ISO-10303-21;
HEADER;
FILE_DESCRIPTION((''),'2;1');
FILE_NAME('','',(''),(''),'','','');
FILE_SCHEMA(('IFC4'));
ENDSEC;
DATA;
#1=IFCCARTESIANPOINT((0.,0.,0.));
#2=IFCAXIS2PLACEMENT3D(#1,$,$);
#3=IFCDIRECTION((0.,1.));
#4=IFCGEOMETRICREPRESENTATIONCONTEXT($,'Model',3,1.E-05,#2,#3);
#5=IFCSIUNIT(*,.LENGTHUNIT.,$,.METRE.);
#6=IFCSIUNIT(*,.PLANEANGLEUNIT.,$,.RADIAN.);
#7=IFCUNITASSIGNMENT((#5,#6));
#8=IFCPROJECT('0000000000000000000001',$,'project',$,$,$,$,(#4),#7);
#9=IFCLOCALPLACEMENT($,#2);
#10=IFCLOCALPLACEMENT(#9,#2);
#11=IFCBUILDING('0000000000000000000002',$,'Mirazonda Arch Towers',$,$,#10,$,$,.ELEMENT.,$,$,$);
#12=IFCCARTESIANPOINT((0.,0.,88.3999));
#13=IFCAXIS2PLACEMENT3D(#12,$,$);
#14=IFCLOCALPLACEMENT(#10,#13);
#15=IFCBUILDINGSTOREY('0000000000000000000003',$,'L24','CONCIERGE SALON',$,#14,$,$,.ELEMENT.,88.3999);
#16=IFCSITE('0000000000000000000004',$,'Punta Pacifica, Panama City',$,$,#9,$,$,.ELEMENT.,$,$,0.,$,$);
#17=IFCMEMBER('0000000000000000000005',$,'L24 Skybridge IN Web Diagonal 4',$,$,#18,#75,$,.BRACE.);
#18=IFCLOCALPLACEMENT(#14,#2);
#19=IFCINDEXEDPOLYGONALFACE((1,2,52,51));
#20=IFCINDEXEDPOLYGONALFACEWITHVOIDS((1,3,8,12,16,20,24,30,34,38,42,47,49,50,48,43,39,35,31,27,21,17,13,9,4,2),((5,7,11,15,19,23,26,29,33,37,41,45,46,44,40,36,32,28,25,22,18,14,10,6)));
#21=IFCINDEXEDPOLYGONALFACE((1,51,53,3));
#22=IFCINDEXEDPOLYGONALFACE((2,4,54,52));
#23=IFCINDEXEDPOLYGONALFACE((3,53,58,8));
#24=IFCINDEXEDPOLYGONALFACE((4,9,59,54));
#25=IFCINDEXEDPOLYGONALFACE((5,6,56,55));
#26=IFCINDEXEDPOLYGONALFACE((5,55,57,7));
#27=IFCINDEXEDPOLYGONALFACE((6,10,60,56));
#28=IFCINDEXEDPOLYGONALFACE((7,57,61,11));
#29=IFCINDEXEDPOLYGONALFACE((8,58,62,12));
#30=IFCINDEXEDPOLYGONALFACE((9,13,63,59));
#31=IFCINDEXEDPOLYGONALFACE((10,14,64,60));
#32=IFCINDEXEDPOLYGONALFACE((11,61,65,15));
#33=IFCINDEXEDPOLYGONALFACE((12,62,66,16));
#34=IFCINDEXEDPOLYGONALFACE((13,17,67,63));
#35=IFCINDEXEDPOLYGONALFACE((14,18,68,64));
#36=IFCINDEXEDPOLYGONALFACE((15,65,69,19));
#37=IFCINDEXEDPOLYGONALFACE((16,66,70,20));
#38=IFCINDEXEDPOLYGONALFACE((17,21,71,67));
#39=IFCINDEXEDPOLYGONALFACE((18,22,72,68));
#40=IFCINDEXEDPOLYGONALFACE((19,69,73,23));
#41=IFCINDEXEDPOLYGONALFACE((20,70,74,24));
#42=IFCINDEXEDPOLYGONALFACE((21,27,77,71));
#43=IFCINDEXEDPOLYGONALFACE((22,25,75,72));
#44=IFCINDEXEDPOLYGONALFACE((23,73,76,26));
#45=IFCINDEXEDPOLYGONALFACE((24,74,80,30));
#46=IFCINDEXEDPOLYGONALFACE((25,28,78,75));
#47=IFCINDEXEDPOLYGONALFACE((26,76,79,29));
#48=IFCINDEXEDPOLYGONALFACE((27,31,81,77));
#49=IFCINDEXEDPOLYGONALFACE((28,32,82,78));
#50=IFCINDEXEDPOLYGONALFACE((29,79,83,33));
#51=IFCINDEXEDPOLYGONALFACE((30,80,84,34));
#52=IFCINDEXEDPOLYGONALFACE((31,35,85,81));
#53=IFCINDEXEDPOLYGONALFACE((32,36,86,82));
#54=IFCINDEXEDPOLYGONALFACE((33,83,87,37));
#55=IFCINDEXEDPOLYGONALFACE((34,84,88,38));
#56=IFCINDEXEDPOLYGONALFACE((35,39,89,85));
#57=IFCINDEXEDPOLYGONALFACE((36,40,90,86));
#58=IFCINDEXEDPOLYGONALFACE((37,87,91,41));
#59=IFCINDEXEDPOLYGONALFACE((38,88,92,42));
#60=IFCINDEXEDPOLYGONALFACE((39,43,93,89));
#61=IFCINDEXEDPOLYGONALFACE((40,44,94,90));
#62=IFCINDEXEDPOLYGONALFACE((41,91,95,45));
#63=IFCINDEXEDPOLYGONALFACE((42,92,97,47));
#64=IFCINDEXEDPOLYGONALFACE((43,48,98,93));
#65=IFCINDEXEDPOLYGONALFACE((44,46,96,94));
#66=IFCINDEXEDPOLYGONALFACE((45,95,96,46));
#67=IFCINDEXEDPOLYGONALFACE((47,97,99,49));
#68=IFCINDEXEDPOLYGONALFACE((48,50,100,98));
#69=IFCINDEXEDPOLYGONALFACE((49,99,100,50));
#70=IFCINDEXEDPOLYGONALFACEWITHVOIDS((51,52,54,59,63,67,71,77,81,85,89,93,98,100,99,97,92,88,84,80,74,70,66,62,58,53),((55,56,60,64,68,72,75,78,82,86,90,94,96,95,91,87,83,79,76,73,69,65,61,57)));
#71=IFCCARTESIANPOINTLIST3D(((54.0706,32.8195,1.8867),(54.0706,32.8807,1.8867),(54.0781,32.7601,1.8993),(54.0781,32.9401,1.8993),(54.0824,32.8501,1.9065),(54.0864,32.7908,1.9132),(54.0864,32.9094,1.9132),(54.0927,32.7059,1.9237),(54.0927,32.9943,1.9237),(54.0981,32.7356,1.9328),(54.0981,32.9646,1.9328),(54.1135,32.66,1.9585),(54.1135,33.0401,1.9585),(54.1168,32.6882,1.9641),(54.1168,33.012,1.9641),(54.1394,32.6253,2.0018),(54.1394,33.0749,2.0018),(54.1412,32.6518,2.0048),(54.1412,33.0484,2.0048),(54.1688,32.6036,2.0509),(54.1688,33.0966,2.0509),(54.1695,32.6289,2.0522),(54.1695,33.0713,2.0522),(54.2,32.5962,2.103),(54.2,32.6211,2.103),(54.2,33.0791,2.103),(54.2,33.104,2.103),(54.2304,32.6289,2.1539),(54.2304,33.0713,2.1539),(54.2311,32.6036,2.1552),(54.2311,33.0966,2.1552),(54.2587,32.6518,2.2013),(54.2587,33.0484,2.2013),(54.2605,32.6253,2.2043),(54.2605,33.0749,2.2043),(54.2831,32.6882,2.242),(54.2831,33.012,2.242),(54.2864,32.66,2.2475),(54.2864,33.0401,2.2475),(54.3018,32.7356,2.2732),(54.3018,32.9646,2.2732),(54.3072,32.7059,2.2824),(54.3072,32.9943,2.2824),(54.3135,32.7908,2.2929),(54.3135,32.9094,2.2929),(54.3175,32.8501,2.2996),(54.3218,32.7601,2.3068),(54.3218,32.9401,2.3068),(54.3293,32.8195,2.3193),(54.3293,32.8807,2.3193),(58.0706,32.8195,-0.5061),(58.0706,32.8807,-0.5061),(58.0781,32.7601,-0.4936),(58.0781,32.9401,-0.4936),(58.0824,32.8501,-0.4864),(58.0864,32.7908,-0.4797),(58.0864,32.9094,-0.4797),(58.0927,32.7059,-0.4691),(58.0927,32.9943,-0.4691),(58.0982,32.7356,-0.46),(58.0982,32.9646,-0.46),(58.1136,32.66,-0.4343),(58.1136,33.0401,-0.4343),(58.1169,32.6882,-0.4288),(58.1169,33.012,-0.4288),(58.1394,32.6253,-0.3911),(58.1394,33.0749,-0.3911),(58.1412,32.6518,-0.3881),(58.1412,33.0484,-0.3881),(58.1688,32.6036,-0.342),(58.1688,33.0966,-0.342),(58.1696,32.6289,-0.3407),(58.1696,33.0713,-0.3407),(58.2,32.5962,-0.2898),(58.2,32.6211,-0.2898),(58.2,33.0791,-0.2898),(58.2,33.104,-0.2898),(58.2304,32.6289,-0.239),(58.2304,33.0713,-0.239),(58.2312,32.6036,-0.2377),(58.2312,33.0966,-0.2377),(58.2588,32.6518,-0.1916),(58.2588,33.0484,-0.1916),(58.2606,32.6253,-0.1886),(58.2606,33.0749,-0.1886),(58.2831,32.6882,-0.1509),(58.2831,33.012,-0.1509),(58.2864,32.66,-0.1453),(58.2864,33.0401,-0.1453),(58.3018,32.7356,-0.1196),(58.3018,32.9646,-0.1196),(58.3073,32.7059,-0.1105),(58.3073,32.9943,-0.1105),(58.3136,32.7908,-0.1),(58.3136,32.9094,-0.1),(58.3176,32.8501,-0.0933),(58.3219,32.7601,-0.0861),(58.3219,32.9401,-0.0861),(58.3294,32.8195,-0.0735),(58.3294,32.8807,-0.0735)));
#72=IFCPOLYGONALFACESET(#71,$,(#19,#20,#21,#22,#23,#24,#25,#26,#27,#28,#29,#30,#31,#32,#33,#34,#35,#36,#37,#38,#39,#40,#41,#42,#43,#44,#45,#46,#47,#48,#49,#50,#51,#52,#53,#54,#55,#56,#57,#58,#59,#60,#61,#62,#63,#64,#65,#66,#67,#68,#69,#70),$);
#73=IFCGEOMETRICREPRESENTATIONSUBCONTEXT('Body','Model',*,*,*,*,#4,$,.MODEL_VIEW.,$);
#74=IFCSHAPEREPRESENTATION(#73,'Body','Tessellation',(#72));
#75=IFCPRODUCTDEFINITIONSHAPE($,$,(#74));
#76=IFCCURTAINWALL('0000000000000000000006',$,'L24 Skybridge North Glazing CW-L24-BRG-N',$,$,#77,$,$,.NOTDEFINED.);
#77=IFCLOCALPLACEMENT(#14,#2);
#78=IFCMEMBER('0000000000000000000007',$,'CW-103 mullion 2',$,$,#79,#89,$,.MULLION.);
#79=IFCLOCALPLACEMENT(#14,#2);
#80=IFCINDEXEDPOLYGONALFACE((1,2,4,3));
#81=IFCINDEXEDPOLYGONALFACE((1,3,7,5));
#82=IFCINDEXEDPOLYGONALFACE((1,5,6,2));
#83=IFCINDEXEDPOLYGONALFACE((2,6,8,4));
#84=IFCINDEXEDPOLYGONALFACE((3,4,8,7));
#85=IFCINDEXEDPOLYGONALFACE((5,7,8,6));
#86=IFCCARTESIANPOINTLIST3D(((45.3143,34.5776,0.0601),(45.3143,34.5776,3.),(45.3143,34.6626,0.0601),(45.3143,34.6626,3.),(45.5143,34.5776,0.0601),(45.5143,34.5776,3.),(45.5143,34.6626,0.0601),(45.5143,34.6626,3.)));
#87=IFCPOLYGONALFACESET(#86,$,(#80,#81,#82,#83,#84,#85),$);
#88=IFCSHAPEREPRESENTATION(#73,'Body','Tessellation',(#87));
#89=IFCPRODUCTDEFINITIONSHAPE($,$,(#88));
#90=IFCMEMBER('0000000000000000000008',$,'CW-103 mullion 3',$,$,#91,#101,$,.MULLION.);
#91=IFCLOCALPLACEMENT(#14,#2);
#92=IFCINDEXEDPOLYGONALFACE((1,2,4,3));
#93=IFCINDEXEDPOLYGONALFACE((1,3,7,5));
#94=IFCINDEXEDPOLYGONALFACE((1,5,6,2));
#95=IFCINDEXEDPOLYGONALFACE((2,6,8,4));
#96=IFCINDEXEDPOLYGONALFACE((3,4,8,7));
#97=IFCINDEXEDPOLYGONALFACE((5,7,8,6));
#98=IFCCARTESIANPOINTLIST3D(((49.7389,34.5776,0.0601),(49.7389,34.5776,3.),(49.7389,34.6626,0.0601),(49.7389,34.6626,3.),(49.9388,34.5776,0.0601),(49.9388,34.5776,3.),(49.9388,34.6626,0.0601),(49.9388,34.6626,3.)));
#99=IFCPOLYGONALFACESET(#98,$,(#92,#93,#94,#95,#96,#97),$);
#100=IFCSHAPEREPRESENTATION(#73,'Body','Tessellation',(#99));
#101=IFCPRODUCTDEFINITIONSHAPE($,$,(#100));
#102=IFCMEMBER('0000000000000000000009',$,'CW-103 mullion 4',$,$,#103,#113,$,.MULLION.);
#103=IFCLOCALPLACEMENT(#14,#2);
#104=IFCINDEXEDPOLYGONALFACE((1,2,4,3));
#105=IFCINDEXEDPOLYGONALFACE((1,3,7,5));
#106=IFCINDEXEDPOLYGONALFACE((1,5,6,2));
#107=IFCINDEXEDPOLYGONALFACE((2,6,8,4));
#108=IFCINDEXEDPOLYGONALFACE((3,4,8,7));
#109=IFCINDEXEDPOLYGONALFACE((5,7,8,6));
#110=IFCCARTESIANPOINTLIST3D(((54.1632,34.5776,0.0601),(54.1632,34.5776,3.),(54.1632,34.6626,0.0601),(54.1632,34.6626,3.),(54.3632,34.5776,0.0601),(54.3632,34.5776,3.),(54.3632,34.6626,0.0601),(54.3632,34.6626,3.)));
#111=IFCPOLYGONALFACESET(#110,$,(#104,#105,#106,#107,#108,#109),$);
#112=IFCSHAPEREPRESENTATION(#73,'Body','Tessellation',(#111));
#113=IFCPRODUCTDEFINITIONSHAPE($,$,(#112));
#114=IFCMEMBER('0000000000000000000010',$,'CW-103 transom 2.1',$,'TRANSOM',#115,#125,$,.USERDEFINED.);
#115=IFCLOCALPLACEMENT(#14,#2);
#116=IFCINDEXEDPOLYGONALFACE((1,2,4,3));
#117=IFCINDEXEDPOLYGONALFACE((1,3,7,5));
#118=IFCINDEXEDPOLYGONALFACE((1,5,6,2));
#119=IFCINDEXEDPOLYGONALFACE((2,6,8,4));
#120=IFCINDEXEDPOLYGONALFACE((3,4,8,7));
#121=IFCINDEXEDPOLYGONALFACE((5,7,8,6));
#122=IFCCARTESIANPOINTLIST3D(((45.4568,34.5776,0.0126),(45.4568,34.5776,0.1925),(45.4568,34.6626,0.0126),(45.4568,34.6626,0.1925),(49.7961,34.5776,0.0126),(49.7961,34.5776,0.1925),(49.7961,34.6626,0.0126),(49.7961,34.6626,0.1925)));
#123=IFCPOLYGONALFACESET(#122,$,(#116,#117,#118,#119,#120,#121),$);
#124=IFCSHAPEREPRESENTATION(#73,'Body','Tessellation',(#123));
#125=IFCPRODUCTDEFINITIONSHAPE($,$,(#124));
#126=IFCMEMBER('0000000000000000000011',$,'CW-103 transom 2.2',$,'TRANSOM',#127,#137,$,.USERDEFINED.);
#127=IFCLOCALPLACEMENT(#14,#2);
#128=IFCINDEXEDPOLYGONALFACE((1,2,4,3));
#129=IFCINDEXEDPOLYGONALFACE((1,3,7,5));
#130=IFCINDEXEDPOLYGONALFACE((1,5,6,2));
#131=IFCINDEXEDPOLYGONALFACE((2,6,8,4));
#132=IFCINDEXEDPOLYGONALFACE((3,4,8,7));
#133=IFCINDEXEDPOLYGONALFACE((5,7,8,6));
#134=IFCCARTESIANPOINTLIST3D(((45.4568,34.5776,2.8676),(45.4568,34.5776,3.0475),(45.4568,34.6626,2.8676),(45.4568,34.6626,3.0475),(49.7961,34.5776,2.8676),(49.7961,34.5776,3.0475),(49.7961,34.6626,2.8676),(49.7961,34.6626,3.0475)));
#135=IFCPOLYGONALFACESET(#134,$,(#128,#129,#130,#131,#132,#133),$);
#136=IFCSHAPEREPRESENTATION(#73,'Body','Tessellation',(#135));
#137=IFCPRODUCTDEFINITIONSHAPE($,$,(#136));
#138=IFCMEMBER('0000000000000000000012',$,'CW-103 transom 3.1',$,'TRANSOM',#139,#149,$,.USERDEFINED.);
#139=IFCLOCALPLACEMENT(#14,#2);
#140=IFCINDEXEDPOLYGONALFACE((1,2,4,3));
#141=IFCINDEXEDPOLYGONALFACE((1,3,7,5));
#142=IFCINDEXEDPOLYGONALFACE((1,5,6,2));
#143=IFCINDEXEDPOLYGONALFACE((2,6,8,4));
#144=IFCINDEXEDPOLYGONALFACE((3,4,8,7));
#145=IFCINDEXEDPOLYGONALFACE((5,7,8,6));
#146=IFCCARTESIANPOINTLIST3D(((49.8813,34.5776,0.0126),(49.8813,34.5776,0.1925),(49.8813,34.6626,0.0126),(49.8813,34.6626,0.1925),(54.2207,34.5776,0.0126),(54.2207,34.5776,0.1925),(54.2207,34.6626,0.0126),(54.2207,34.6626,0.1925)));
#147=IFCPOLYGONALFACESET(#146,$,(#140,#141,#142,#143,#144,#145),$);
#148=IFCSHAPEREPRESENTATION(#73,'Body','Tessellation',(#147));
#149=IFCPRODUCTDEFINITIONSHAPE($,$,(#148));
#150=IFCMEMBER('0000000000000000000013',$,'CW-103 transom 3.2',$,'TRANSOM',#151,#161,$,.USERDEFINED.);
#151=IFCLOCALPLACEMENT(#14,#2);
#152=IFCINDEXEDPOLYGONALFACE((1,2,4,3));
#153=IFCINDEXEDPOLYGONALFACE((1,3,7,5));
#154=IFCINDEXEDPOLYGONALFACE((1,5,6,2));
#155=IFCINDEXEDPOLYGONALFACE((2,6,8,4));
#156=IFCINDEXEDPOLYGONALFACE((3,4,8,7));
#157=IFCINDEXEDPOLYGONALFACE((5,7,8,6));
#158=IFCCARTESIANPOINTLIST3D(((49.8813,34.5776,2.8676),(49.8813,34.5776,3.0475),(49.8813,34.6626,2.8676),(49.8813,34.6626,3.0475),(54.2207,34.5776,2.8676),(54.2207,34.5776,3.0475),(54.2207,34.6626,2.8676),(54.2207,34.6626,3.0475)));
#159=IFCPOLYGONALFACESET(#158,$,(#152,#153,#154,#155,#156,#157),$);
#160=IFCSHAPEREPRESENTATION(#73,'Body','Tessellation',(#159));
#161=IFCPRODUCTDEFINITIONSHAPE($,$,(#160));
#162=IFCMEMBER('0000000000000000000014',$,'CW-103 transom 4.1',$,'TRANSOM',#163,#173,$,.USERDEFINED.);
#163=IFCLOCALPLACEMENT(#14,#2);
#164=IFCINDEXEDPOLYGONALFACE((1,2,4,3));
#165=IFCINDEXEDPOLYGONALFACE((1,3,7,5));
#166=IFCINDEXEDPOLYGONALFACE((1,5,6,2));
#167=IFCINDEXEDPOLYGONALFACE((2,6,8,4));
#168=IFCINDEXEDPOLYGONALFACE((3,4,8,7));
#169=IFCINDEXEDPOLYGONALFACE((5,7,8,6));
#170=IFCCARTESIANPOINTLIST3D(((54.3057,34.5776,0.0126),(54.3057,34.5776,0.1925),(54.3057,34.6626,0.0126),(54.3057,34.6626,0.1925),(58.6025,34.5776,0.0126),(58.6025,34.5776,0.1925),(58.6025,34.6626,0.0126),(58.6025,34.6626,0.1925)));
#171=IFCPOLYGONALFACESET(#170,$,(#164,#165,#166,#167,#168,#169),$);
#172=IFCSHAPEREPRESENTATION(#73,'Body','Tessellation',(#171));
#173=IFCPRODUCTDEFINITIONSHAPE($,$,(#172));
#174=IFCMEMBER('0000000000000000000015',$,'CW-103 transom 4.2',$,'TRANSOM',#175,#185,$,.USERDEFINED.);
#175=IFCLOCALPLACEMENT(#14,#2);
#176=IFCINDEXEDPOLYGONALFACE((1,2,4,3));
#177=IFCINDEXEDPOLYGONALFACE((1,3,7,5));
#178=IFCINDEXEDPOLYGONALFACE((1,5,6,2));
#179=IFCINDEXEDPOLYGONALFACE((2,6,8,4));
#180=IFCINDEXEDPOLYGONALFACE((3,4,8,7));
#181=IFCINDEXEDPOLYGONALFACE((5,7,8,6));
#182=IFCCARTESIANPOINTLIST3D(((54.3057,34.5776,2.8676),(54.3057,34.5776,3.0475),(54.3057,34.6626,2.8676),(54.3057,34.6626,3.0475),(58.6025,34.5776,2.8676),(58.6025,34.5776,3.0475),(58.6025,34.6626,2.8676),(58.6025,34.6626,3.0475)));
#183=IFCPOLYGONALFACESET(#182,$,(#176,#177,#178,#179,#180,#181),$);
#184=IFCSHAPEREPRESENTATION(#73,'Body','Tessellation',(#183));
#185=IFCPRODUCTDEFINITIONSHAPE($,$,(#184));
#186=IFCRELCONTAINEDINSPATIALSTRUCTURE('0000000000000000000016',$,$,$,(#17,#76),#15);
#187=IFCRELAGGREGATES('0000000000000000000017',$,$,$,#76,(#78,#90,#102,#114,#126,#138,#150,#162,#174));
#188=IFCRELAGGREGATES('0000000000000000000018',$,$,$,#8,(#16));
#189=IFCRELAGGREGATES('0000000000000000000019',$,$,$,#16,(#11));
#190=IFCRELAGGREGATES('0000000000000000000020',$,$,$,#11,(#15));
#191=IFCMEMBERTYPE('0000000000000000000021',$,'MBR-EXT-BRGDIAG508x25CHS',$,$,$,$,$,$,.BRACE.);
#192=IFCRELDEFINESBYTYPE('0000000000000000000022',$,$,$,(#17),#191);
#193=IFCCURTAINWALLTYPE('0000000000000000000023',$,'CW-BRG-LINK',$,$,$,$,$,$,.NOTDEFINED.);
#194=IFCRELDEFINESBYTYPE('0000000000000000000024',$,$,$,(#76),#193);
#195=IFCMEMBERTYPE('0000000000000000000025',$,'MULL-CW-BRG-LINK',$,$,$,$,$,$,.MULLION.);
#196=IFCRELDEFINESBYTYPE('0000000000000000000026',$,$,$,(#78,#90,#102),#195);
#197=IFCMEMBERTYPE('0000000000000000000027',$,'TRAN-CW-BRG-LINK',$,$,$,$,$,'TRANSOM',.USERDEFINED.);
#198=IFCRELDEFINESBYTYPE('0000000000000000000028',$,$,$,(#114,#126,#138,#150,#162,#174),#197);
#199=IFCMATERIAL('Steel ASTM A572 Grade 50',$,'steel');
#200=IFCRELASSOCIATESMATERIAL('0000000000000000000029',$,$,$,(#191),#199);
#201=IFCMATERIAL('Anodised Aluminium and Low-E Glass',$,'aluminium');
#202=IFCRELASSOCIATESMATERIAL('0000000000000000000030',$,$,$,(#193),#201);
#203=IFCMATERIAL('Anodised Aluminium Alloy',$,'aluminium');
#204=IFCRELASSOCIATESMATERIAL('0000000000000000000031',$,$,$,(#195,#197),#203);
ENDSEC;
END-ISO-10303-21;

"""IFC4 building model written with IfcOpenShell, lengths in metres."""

from ifc_helpers import new_model, si_unit, direction, frame, origin, origin_2d, place, context, subcontext, project, spatial, rectangle, hollow_circle, extrude, material, material_profile, profile_set, type_object, element, aggregate, save


model = new_model("IFC4")

# Units and contexts
model_context = context("Model", 3, precision=1e-05, world=origin(), true_north=direction((0.0, 1.0)))
body_context = subcontext(model_context, "Body", "Model", "MODEL_VIEW")
ifc_project = project(units=[si_unit("LENGTHUNIT", "METRE"), si_unit("PLANEANGLEUNIT", "RADIAN")], contexts=[model_context])

# Site, building, storey
site_placement = place(None, origin())
site = spatial("IfcSite", under=ifc_project, at=site_placement, Name="Punta Pacifica, Panama City", CompositionType="ELEMENT", RefElevation=0.0)
building_placement = place(site_placement, origin())
building = spatial("IfcBuilding", under=site, at=building_placement, Name="Mirazonda Arch Towers", CompositionType="ELEMENT")
storey_placement = place(building_placement, frame((0.0, 0.0, 88.3999)))
storey = spatial("IfcBuildingStorey", under=building, at=storey_placement, Name="L24", Description="CONCIERGE SALON", CompositionType="ELEMENT", Elevation=88.3999)

# Member
ifc_material_1 = material(Name="Steel ASTM A572 Grade 50", Category="steel")
ifc_material_profile_1 = material_profile(ifc_material_1, hollow_circle(Radius=0.2539, WallThickness=0.0249, at=origin_2d()), Name="BRGDIAG508x25CHS")
ifc_profile_set_1 = profile_set([ifc_material_profile_1], Name="Steel ASTM A572 Grade 50")
member_type_1 = type_object("IfcMemberType", Name="MBR-EXT-BRGDIAG508x25CHS", PredefinedType="BRACE", material=ifc_profile_set_1)
for number, where, z_axis, x_axis, name in (
    (1, (54.2, 32.8501, 2.103), (0.858172, 0.0, -0.513363), (0.0, 1.0, 0.0), "L24 Skybridge IN Web Diagonal 4"),
):
    element("IfcMember", number, at=place(storey_placement, frame(where, z_axis=z_axis, x_axis=x_axis)), inside=storey, type_object=member_type_1, Name=name, PredefinedType="BRACE", context=body_context, shape_type="SweptSolid", body=[
        extrude(hollow_circle(Radius=0.2539, WallThickness=0.0249, at=origin_2d()), origin(), (0.0, 0.0, 1.0), 4.6611),
    ])

# Curtain wall, members
ifc_material_2 = material(Name="Anodised Aluminium and Low-E Glass", Category="aluminium")
curtain_wall_type = type_object("IfcCurtainWallType", Name="CW-BRG-LINK", PredefinedType="NOTDEFINED", material=ifc_material_2)
curtain_wall_placement = place(storey_placement, origin())
curtain_wall = element("IfcCurtainWall", 2, at=curtain_wall_placement, inside=storey, type_object=curtain_wall_type, Name="L24 Skybridge North Glazing CW-L24-BRG-N", PredefinedType="NOTDEFINED")
ifc_material_3 = material(Name="Anodised Aluminium Alloy", Category="aluminium")
ifc_material_profile_2 = material_profile(ifc_material_3, rectangle(XDim=0.085, YDim=0.2, at=origin_2d()), Name="ALU-MULL-85x200")
ifc_profile_set_2 = profile_set([ifc_material_profile_2], Name="Anodised Aluminium Alloy")
member_type_2 = type_object("IfcMemberType", Name="MULL-CW-BRG-LINK", PredefinedType="MULLION", material=ifc_profile_set_2)
member_1_placement = place(storey_placement, frame((45.4143, 34.6201, 0.0601), z_axis=(0.0, 0.0, 1.0), x_axis=(0.0, 1.0, 0.0)))
member_1 = element("IfcMember", 3, at=member_1_placement, type_object=member_type_2, Name="CW-103 mullion 2", PredefinedType="MULLION", context=body_context, shape_type="SweptSolid", body=[
    extrude(rectangle(XDim=0.085, YDim=0.2, at=origin_2d()), origin(), (0.0, 0.0, 1.0), 2.9399),
])
member_2_placement = place(storey_placement, frame((49.8389, 34.6201, 0.0601), z_axis=(0.0, 0.0, 1.0), x_axis=(0.0, 1.0, 0.0)))
member_2 = element("IfcMember", 4, at=member_2_placement, type_object=member_type_2, Name="CW-103 mullion 3", PredefinedType="MULLION", context=body_context, shape_type="SweptSolid", body=[
    extrude(rectangle(XDim=0.085, YDim=0.2, at=origin_2d()), origin(), (0.0, 0.0, 1.0), 2.9399),
])
member_3_placement = place(storey_placement, frame((54.2632, 34.6201, 0.0601), z_axis=(0.0, 0.0, 1.0), x_axis=(0.0, 1.0, 0.0)))
member_3 = element("IfcMember", 5, at=member_3_placement, type_object=member_type_2, Name="CW-103 mullion 4", PredefinedType="MULLION", context=body_context, shape_type="SweptSolid", body=[
    extrude(rectangle(XDim=0.085, YDim=0.2, at=origin_2d()), origin(), (0.0, 0.0, 1.0), 2.9399),
])
ifc_material_profile_3 = material_profile(ifc_material_3, rectangle(XDim=0.085, YDim=0.1799, at=origin_2d()), Name="ALU-TRAN-85x180")
ifc_profile_set_3 = profile_set([ifc_material_profile_3], Name="Anodised Aluminium Alloy")
member_type_3 = type_object("IfcMemberType", Name="TRAN-CW-BRG-LINK", ElementType="TRANSOM", PredefinedType="USERDEFINED", material=ifc_profile_set_3)
member_4_placement = place(storey_placement, frame((45.4568, 34.6201, 0.1025), z_axis=(1.0, 0.0, 0.0), x_axis=(0.0, 1.0, 0.0)))
member_4 = element("IfcMember", 6, at=member_4_placement, type_object=member_type_3, Name="CW-103 transom 2.1", ObjectType="TRANSOM", PredefinedType="USERDEFINED", context=body_context, shape_type="SweptSolid", body=[
    extrude(rectangle(XDim=0.085, YDim=0.1799, at=origin_2d()), origin(), (0.0, 0.0, 1.0), 4.3394),
])
member_5_placement = place(storey_placement, frame((45.4568, 34.6201, 2.9575), z_axis=(1.0, 0.0, 0.0), x_axis=(0.0, 1.0, 0.0)))
member_5 = element("IfcMember", 7, at=member_5_placement, type_object=member_type_3, Name="CW-103 transom 2.2", ObjectType="TRANSOM", PredefinedType="USERDEFINED", context=body_context, shape_type="SweptSolid", body=[
    extrude(rectangle(XDim=0.085, YDim=0.1799, at=origin_2d()), origin(), (0.0, 0.0, 1.0), 4.3394),
])
member_6_placement = place(storey_placement, frame((49.8813, 34.6201, 0.1025), z_axis=(1.0, 0.0, 0.0), x_axis=(0.0, 1.0, 0.0)))
member_6 = element("IfcMember", 8, at=member_6_placement, type_object=member_type_3, Name="CW-103 transom 3.1", ObjectType="TRANSOM", PredefinedType="USERDEFINED", context=body_context, shape_type="SweptSolid", body=[
    extrude(rectangle(XDim=0.085, YDim=0.1799, at=origin_2d()), origin(), (0.0, 0.0, 1.0), 4.3394),
])
member_7_placement = place(storey_placement, frame((49.8813, 34.6201, 2.9575), z_axis=(1.0, 0.0, 0.0), x_axis=(0.0, 1.0, 0.0)))
member_7 = element("IfcMember", 9, at=member_7_placement, type_object=member_type_3, Name="CW-103 transom 3.2", ObjectType="TRANSOM", PredefinedType="USERDEFINED", context=body_context, shape_type="SweptSolid", body=[
    extrude(rectangle(XDim=0.085, YDim=0.1799, at=origin_2d()), origin(), (0.0, 0.0, 1.0), 4.3394),
])
member_8_placement = place(storey_placement, frame((54.3057, 34.6201, 0.1025), z_axis=(1.0, 0.0, 0.0), x_axis=(0.0, 1.0, 0.0)))
member_8 = element("IfcMember", 10, at=member_8_placement, type_object=member_type_3, Name="CW-103 transom 4.1", ObjectType="TRANSOM", PredefinedType="USERDEFINED", context=body_context, shape_type="SweptSolid", body=[
    extrude(rectangle(XDim=0.085, YDim=0.1799, at=origin_2d()), origin(), (0.0, 0.0, 1.0), 4.2969),
])
member_9_placement = place(storey_placement, frame((54.3057, 34.6201, 2.9575), z_axis=(1.0, 0.0, 0.0), x_axis=(0.0, 1.0, 0.0)))
member_9 = element("IfcMember", 11, at=member_9_placement, type_object=member_type_3, Name="CW-103 transom 4.2", ObjectType="TRANSOM", PredefinedType="USERDEFINED", context=body_context, shape_type="SweptSolid", body=[
    extrude(rectangle(XDim=0.085, YDim=0.1799, at=origin_2d()), origin(), (0.0, 0.0, 1.0), 4.2969),
])
aggregate(curtain_wall, [member_1, member_2, member_3, member_4, member_5, member_6, member_7, member_8, member_9])

save(model, "model.ifc")
